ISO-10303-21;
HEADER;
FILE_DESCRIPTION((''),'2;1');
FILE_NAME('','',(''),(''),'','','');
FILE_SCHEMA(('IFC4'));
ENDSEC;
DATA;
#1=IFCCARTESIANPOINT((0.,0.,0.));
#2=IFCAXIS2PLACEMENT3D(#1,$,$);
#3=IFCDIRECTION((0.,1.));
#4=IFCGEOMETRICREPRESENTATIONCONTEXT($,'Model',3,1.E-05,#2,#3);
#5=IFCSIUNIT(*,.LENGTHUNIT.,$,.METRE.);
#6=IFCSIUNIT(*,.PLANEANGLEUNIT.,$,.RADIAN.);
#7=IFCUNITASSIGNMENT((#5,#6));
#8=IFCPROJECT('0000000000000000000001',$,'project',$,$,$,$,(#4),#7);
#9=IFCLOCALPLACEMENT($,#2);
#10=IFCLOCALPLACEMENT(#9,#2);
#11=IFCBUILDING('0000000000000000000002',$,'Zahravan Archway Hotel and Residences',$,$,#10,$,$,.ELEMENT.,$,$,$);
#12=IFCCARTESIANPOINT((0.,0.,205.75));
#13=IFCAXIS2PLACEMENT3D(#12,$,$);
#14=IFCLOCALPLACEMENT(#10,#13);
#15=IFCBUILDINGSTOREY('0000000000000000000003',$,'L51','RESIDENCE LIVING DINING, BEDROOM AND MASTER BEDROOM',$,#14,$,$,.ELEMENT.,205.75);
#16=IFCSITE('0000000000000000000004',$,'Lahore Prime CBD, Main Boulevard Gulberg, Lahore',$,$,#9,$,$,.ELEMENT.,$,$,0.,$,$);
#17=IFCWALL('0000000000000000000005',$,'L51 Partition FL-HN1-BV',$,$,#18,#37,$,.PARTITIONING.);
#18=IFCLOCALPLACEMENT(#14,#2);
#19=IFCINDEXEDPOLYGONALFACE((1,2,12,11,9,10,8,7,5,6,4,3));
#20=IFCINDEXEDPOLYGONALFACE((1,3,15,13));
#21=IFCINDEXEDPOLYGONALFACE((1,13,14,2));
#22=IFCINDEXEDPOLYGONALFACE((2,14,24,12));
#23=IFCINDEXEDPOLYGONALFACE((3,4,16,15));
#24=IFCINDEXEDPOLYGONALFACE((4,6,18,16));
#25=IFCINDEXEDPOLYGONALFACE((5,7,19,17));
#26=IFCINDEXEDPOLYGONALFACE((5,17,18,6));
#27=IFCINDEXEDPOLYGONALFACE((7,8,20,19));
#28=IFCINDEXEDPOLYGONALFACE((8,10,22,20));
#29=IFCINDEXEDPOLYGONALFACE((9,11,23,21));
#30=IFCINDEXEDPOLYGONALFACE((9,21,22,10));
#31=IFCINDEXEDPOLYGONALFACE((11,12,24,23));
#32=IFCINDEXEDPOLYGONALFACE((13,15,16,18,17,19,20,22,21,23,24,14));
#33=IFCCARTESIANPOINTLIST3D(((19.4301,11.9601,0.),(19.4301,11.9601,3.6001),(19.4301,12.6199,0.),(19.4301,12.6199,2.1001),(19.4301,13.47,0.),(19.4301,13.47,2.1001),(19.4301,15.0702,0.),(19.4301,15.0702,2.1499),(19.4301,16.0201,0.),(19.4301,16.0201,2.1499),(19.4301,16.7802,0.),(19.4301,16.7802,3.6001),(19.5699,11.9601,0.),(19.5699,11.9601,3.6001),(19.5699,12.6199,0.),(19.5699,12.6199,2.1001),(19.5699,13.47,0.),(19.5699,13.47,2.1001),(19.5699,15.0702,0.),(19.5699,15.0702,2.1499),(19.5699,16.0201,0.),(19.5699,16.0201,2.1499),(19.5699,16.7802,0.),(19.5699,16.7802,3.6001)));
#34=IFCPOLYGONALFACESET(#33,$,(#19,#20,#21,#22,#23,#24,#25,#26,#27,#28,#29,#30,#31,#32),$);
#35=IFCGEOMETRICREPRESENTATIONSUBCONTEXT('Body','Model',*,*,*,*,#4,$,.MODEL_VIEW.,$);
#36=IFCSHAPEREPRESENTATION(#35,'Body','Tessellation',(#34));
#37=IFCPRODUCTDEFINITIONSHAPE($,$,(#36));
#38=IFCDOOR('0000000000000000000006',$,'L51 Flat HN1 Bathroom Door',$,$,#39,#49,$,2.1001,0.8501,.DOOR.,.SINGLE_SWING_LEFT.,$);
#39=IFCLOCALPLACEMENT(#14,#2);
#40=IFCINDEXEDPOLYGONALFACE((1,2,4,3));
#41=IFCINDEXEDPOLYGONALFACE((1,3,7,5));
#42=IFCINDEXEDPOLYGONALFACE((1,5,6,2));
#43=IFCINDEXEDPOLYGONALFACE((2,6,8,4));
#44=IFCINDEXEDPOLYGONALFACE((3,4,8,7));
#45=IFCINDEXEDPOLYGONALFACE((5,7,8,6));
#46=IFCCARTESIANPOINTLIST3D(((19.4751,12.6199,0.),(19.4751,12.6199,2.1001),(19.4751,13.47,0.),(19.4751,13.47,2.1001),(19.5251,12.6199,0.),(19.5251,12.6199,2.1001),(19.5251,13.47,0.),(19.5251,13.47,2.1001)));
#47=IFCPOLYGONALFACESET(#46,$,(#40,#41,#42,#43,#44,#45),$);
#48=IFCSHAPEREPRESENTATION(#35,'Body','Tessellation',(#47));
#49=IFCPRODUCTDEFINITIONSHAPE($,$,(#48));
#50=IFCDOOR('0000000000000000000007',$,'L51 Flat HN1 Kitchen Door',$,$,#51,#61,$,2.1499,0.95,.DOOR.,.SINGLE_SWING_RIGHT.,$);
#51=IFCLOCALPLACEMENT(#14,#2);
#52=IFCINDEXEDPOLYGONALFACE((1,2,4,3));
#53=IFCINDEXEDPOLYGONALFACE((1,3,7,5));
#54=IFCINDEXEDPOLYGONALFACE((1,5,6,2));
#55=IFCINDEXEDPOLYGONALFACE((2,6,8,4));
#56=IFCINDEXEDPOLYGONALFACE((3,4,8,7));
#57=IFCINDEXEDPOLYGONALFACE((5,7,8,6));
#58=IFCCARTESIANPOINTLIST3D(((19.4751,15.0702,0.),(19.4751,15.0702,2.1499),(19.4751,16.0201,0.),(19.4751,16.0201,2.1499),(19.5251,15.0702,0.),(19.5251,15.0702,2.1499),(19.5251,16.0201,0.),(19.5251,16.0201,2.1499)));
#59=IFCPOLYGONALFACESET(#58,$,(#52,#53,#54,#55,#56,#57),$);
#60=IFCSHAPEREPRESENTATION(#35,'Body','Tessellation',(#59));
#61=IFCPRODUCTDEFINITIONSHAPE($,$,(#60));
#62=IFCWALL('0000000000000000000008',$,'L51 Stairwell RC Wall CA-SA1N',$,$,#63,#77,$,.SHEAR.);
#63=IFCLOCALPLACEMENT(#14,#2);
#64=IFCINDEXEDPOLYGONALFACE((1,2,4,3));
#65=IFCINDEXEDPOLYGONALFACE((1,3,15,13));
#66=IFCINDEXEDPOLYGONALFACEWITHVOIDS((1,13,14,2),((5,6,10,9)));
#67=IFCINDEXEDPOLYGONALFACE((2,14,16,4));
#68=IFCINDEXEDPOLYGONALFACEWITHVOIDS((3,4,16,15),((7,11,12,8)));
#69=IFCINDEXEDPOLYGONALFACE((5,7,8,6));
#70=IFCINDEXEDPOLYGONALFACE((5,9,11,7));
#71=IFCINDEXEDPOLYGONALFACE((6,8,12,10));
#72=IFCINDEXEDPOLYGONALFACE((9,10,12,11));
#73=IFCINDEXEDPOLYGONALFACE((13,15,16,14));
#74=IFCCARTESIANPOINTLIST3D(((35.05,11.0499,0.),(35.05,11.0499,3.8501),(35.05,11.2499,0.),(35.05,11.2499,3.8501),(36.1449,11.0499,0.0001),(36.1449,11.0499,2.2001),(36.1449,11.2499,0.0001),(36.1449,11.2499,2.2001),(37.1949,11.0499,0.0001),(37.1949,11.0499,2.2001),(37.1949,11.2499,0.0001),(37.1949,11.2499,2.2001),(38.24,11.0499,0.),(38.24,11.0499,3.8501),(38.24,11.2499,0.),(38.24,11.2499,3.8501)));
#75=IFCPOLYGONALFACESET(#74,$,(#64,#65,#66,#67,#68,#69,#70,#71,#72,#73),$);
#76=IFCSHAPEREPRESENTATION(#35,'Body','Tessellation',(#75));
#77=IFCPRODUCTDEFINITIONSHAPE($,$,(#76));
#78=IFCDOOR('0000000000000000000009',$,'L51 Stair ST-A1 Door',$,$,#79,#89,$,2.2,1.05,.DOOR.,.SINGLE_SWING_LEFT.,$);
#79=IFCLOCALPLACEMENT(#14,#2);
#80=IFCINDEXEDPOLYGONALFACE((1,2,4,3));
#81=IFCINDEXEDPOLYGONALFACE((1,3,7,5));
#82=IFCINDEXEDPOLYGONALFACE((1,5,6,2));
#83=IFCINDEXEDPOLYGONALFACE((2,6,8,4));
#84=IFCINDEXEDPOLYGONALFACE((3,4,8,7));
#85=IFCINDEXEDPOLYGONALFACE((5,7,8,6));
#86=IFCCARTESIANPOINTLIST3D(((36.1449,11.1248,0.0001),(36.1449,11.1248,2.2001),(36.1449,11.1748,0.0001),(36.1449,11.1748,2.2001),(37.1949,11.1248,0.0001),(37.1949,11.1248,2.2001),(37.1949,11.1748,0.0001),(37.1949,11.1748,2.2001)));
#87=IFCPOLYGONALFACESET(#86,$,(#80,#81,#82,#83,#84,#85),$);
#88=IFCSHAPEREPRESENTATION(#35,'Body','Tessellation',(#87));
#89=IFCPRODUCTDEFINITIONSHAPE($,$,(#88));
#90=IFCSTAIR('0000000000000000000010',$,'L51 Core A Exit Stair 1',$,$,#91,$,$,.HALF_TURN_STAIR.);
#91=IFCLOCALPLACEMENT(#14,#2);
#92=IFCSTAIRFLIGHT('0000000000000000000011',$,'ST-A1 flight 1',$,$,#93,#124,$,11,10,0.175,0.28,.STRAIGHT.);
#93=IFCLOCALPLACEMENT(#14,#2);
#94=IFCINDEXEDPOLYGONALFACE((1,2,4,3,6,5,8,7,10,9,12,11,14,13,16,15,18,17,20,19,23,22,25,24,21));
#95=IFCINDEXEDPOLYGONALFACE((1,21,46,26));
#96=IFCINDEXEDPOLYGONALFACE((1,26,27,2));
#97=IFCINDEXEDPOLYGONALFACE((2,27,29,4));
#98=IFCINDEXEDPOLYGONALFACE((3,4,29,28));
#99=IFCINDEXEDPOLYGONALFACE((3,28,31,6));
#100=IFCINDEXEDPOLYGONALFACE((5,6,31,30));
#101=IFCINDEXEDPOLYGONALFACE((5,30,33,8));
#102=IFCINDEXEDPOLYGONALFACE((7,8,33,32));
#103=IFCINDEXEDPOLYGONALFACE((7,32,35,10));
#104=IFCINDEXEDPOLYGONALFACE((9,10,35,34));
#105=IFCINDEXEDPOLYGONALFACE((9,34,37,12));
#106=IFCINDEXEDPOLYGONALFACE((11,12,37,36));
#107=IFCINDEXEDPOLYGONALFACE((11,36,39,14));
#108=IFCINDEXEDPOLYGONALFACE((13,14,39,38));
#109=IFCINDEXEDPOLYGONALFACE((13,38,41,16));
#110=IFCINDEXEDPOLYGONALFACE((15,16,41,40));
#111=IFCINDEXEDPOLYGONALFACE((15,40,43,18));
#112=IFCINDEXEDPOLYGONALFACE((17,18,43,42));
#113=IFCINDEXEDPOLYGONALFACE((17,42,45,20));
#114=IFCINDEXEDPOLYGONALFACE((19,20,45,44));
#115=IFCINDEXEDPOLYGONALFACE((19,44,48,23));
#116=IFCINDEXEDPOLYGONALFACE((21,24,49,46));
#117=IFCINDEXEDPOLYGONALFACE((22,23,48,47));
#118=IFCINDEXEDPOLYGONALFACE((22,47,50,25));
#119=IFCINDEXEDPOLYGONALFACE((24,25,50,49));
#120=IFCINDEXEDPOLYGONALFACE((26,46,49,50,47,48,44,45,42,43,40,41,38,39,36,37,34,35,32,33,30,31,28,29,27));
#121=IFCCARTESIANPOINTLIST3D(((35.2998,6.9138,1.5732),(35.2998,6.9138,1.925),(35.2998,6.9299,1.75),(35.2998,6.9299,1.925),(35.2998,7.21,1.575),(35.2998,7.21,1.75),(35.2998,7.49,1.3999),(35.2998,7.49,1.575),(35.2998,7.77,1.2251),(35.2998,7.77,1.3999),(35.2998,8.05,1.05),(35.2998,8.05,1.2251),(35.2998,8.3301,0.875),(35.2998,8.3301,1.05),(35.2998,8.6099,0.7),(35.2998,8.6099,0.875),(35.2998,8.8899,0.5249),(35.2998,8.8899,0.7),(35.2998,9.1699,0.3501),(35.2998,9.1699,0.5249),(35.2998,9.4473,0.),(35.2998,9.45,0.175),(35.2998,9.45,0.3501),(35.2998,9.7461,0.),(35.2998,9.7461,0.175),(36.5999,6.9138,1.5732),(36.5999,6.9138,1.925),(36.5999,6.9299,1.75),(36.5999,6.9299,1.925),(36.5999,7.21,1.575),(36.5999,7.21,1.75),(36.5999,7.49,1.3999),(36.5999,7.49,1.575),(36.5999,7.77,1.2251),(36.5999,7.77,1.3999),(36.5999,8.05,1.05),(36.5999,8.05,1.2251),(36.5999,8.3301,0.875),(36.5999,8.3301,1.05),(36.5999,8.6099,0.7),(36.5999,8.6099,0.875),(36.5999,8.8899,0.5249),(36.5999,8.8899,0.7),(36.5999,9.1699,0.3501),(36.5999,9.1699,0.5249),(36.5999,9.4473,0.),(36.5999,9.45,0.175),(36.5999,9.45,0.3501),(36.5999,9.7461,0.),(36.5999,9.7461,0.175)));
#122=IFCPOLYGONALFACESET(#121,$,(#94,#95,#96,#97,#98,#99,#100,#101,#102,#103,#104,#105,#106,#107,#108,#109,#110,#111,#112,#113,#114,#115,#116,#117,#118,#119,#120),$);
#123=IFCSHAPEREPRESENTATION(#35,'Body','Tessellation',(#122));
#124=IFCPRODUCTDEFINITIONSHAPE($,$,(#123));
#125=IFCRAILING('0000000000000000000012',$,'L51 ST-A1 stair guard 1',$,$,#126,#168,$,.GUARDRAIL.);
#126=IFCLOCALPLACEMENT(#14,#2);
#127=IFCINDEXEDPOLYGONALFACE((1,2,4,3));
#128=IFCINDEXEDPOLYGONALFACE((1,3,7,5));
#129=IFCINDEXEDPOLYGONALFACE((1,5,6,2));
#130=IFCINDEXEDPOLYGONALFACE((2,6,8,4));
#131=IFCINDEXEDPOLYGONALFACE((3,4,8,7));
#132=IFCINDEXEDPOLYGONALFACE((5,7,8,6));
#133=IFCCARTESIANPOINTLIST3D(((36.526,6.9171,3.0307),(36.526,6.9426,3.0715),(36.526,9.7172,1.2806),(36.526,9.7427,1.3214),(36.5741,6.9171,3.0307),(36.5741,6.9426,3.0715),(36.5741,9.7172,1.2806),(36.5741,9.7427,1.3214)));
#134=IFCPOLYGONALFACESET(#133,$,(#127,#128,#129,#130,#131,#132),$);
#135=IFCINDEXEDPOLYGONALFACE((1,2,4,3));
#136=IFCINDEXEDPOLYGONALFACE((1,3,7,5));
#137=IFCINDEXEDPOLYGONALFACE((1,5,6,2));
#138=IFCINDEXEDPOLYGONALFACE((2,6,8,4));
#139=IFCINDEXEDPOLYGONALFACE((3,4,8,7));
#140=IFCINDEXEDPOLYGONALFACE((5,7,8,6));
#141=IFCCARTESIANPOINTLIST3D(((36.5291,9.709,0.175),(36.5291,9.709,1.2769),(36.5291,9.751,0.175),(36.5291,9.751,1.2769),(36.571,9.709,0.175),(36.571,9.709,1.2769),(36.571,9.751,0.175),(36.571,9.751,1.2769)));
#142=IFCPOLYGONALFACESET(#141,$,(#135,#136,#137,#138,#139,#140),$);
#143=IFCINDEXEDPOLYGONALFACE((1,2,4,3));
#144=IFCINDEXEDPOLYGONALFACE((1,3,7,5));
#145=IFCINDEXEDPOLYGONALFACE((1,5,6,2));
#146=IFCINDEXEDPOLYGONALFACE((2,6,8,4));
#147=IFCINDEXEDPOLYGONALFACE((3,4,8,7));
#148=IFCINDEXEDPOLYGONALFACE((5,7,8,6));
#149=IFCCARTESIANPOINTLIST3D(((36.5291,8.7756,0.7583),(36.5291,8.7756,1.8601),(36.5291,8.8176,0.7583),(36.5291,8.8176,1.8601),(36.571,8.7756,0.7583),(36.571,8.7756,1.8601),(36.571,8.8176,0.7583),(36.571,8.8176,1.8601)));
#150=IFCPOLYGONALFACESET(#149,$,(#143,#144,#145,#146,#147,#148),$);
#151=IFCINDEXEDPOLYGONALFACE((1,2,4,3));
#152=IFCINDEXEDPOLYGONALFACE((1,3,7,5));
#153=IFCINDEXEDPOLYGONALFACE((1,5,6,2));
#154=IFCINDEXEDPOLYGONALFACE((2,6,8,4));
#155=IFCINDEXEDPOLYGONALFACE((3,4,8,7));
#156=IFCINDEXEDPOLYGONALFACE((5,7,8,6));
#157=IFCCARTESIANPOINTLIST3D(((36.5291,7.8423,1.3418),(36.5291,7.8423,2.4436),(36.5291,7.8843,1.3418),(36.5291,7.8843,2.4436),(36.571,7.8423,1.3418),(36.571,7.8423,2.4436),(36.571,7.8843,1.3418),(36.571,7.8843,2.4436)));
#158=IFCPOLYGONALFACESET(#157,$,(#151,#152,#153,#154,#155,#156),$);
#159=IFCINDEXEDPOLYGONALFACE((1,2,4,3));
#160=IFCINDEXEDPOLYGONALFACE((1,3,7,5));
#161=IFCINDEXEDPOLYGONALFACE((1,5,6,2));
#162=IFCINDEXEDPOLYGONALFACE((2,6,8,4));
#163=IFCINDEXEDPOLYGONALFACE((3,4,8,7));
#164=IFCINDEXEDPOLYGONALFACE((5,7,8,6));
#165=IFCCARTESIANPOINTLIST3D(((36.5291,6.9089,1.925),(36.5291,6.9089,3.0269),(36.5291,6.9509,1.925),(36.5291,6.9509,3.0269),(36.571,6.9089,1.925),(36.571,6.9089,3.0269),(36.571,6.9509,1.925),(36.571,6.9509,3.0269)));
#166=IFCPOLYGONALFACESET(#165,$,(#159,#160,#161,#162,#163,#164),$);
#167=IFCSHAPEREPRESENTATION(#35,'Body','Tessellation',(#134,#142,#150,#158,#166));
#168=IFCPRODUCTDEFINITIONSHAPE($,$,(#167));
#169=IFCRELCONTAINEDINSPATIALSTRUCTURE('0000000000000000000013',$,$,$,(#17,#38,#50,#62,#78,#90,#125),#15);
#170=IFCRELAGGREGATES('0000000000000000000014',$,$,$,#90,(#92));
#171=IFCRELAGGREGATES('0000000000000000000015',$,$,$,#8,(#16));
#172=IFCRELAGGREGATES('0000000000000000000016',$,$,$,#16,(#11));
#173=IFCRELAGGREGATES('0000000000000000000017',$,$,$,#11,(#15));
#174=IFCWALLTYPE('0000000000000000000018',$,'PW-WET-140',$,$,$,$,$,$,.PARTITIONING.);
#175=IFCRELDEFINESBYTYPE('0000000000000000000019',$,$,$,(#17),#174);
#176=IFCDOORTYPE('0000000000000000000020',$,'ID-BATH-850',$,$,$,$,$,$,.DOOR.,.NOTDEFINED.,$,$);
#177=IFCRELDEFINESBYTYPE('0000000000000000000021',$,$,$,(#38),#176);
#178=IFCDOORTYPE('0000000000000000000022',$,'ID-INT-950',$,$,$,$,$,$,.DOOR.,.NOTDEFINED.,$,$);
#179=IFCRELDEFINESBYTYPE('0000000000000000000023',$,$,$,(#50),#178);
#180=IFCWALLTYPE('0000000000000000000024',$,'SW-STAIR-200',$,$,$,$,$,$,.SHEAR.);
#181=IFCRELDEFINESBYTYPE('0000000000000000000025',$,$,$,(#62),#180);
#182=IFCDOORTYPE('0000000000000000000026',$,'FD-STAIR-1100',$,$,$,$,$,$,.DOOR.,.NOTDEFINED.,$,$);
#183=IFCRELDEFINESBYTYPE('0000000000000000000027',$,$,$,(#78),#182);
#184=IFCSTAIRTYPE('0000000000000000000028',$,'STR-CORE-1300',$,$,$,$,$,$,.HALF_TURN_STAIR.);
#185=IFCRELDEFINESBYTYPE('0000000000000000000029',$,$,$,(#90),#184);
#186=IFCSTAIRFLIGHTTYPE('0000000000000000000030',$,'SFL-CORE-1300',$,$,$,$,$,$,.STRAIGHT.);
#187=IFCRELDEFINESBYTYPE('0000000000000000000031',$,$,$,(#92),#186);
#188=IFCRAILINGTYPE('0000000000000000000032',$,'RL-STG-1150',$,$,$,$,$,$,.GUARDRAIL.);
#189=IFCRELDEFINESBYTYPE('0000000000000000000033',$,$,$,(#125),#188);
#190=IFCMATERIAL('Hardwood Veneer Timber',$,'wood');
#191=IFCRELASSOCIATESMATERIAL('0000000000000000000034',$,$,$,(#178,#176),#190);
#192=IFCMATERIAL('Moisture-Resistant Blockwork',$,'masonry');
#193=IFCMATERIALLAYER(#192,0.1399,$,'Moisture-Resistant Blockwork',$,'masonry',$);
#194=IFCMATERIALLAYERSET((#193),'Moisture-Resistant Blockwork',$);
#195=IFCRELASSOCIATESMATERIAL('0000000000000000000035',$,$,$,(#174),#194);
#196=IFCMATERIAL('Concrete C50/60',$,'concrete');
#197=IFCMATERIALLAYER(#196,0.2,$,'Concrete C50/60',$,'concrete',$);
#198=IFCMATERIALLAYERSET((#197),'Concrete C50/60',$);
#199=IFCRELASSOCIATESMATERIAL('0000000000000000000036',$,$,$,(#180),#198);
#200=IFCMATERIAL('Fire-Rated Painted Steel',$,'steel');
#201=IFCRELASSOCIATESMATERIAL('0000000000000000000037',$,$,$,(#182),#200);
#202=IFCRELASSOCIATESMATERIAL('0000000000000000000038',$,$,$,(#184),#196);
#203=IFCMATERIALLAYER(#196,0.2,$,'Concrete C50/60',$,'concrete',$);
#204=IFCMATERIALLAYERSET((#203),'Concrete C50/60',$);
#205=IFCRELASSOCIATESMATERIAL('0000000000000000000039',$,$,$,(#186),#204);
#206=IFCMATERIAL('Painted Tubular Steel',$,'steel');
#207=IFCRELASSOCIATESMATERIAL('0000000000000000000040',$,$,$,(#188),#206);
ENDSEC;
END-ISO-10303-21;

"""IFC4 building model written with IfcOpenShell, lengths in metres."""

from ifc_helpers import new_model, si_unit, direction, frame, frame_2d, origin, origin_2d, place, context, subcontext, project, spatial, polyline, rectangle, outline, extrude, source, transform, mapped, material, layer, layer_set, type_object, type_shapes, element, fill, aggregate, save


model = new_model("IFC4")

# Units and contexts
model_context = context("Model", 3, precision=1e-05, world=origin(), true_north=direction((0.0, 1.0)))
body_context = subcontext(model_context, "Body", "Model", "MODEL_VIEW")
ifc_project = project(units=[si_unit("LENGTHUNIT", "METRE"), si_unit("PLANEANGLEUNIT", "RADIAN")], contexts=[model_context])

# Site, building, storey
site_placement = place(None, origin())
site = spatial("IfcSite", under=ifc_project, at=site_placement, Name="Lahore Prime CBD, Main Boulevard Gulberg, Lahore", CompositionType="ELEMENT", RefElevation=0.0)
building_placement = place(site_placement, origin())
building = spatial("IfcBuilding", under=site, at=building_placement, Name="Zahravan Archway Hotel and Residences", CompositionType="ELEMENT")
storey_placement = place(building_placement, frame((0.0, 0.0, 205.75)))
storey = spatial("IfcBuildingStorey", under=building, at=storey_placement, Name="L51", Description="RESIDENCE LIVING DINING, BEDROOM AND MASTER BEDROOM", CompositionType="ELEMENT", Elevation=205.75)

# Shared definitions
ifc_material_1 = material(Name="Hardwood Veneer Timber", Category="wood")
door_type_1 = type_object("IfcDoorType", Name="ID-INT-950", OperationType="NOTDEFINED", PredefinedType="DOOR", material=ifc_material_1)
shared_shape_1 = source(origin(), body_context, "Body", "SweptSolid", [
    extrude(rectangle(XDim=0.95, YDim=2.1499, at=frame_2d((0.4751, 1.075))), frame((0.0, 0.0249, 0.0), z_axis=(0.0, -1.0, 0.0), x_axis=(1.0, 0.0, 0.0)), (0.0, 0.0, 1.0), 0.05),
])
type_shapes(door_type_1, [shared_shape_1])

# Wall, openings, doors
ifc_material_2 = material(Name="Moisture-Resistant Blockwork", Category="masonry")
ifc_layer_1 = layer(ifc_material_2, 0.1399, Name="Moisture-Resistant Blockwork", Category="masonry")
ifc_layer_set_1 = layer_set([ifc_layer_1], Name="Moisture-Resistant Blockwork")
wall_type_1 = type_object("IfcWallType", Name="PW-WET-140", PredefinedType="PARTITIONING", material=ifc_layer_set_1)
wall_1_placement = place(storey_placement, frame((19.5, 11.96, 0.0), z_axis=(0.0, 0.0, 1.0), x_axis=(0.0, 1.0, 0.0)))
wall_1 = element("IfcWall", 1, at=wall_1_placement, inside=storey, type_object=wall_type_1, Name="L51 Partition FL-HN1-BV", PredefinedType="PARTITIONING", context=body_context, shape_type="SweptSolid", body=[
    extrude(rectangle(XDim=4.8201, YDim=0.1399, at=frame_2d((2.4102, 0.0))), origin(), (0.0, 0.0, 1.0), 3.6001),
])
opening_1_placement = place(wall_1_placement, frame((0.6599, 0.0, 0.0)))
opening_1 = element("IfcOpeningElement", 2, at=opening_1_placement, cuts=wall_1, PredefinedType="OPENING", context=body_context, shape_type="SweptSolid", body=[
    extrude(rectangle(XDim=0.8501, YDim=2.1001, at=frame_2d((0.425, 1.05))), frame((0.0, 0.0801, 0.0), z_axis=(0.0, -1.0, 0.0), x_axis=(1.0, 0.0, 0.0)), (0.0, 0.0, 1.0), 0.1599),
])
opening_2_placement = place(wall_1_placement, frame((3.1101, 0.0, 0.0)))
opening_2 = element("IfcOpeningElement", 3, at=opening_2_placement, cuts=wall_1, PredefinedType="OPENING", context=body_context, shape_type="SweptSolid", body=[
    extrude(rectangle(XDim=0.95, YDim=2.1499, at=frame_2d((0.4751, 1.075))), frame((0.0, 0.0801, 0.0), z_axis=(0.0, -1.0, 0.0), x_axis=(1.0, 0.0, 0.0)), (0.0, 0.0, 1.0), 0.1599),
])
door_type_2 = type_object("IfcDoorType", Name="ID-BATH-850", OperationType="NOTDEFINED", PredefinedType="DOOR", material=ifc_material_1)
shared_shape_2 = source(origin(), body_context, "Body", "SweptSolid", [
    extrude(rectangle(XDim=0.8501, YDim=2.1001, at=frame_2d((0.425, 1.05))), frame((0.0, 0.0249, 0.0), z_axis=(0.0, -1.0, 0.0), x_axis=(1.0, 0.0, 0.0)), (0.0, 0.0, 1.0), 0.05),
])
type_shapes(door_type_2, [shared_shape_2])
door_1_placement = place(opening_1_placement, origin())
door_1 = element("IfcDoor", 4, at=door_1_placement, inside=storey, type_object=door_type_2, Name="L51 Flat HN1 Bathroom Door", OperationType="SINGLE_SWING_LEFT", OverallHeight=2.1001, OverallWidth=0.8501, PredefinedType="DOOR", context=body_context, shape_type="MappedRepresentation", body=[
    mapped(shared_shape_2, transform((0.0, 0.0, 0.0), scale=1.0)),
])
fill(opening_1, door_1)
door_2_placement = place(opening_2_placement, origin())
door_2 = element("IfcDoor", 5, at=door_2_placement, inside=storey, type_object=door_type_1, Name="L51 Flat HN1 Kitchen Door", OperationType="SINGLE_SWING_RIGHT", OverallHeight=2.1499, OverallWidth=0.95, PredefinedType="DOOR", context=body_context, shape_type="MappedRepresentation", body=[
    mapped(shared_shape_1, transform((0.0, 0.0, 0.0), scale=1.0)),
])
fill(opening_2, door_2)

# Wall, opening, door
ifc_material_3 = material(Name="Concrete C50/60", Category="concrete")
ifc_layer_2 = layer(ifc_material_3, 0.2, Name="Concrete C50/60", Category="concrete")
ifc_layer_set_2 = layer_set([ifc_layer_2], Name="Concrete C50/60")
wall_type_2 = type_object("IfcWallType", Name="SW-STAIR-200", PredefinedType="SHEAR", material=ifc_layer_set_2)
wall_2_placement = place(storey_placement, frame((35.05, 11.1499, 0.0), z_axis=(0.0, 0.0, 1.0), x_axis=(1.0, 0.0, 0.0)))
wall_2 = element("IfcWall", 6, at=wall_2_placement, inside=storey, type_object=wall_type_2, Name="L51 Stairwell RC Wall CA-SA1N", PredefinedType="SHEAR", context=body_context, shape_type="SweptSolid", body=[
    extrude(rectangle(XDim=3.1899, YDim=0.2, at=frame_2d((1.595, 0.0))), origin(), (0.0, 0.0, 1.0), 3.8501),
])
opening_3_placement = place(wall_2_placement, frame((1.095, 0.0, 0.0)))
opening_3 = element("IfcOpeningElement", 7, at=opening_3_placement, cuts=wall_2, PredefinedType="OPENING", context=body_context, shape_type="SweptSolid", body=[
    extrude(rectangle(XDim=1.05, YDim=2.2, at=frame_2d((0.5249, 1.1001))), frame((0.0, 0.1099, 0.0), z_axis=(0.0, -1.0, 0.0), x_axis=(1.0, 0.0, 0.0)), (0.0, 0.0, 1.0), 0.22),
])
ifc_material_4 = material(Name="Fire-Rated Painted Steel", Category="steel")
door_type_3 = type_object("IfcDoorType", Name="FD-STAIR-1100", OperationType="NOTDEFINED", PredefinedType="DOOR", material=ifc_material_4)
shared_shape_3 = source(origin(), body_context, "Body", "SweptSolid", [
    extrude(rectangle(XDim=1.05, YDim=2.2, at=frame_2d((0.5249, 1.1001))), frame((0.0, 0.0249, 0.0), z_axis=(0.0, -1.0, 0.0), x_axis=(1.0, 0.0, 0.0)), (0.0, 0.0, 1.0), 0.05),
])
type_shapes(door_type_3, [shared_shape_3])
door_3_placement = place(opening_3_placement, origin())
door_3 = element("IfcDoor", 8, at=door_3_placement, inside=storey, type_object=door_type_3, Name="L51 Stair ST-A1 Door", OperationType="SINGLE_SWING_LEFT", OverallHeight=2.2, OverallWidth=1.05, PredefinedType="DOOR", context=body_context, shape_type="MappedRepresentation", body=[
    mapped(shared_shape_3, transform((0.0, 0.0, 0.0), scale=1.0)),
])
fill(opening_3, door_3)

# Stair, stair flight
stair_type = type_object("IfcStairType", Name="STR-CORE-1300", PredefinedType="HALF_TURN_STAIR", material=ifc_material_3)
stair_placement = place(storey_placement, origin())
stair = element("IfcStair", 9, at=stair_placement, inside=storey, type_object=stair_type, Name="L51 Core A Exit Stair 1", PredefinedType="HALF_TURN_STAIR")
ifc_layer_3 = layer(ifc_material_3, 0.2, Name="Concrete C50/60", Category="concrete")
ifc_layer_set_3 = layer_set([ifc_layer_3], Name="Concrete C50/60")
stair_flight_type = type_object("IfcStairFlightType", Name="SFL-CORE-1300", PredefinedType="STRAIGHT", material=ifc_layer_set_3)
shared_shape_4 = source(origin(), body_context, "Body", "SweptSolid", [
    extrude(outline(polyline([(-0.0161, 0.0), (-0.0161, 0.175), (0.28, 0.175), (0.28, 0.3501), (0.5601, 0.3501), (0.5601, 0.5249), (0.8401, 0.5249), (0.8401, 0.7), (1.1201, 0.7), (1.1201, 0.875), (1.3999, 0.875), (1.3999, 1.05), (1.6799, 1.05), (1.6799, 1.2251), (1.96, 1.2251), (1.96, 1.3999), (2.24, 1.3999), (2.24, 1.575), (2.52, 1.575), (2.52, 1.75), (2.8, 1.75), (2.8, 1.925), (2.8162, 1.925), (2.8162, 1.5732), (0.2827, 0.0), (-0.0161, 0.0)])), frame((0.0, 0.6499, 0.0), z_axis=(0.0, -1.0, 0.0), x_axis=(1.0, 0.0, 0.0)), (0.0, 0.0, 1.0), 1.3),
])
stair_flight_placement = place(storey_placement, frame((35.95, 9.73, 0.0), z_axis=(0.0, 0.0, 1.0), x_axis=(0.0, -1.0, 0.0)))
stair_flight = element("IfcStairFlight", 10, at=stair_flight_placement, type_object=stair_flight_type, Name="ST-A1 flight 1", NumberOfRisers=11, NumberOfTreads=10, PredefinedType="STRAIGHT", RiserHeight=0.175, TreadLength=0.28, context=body_context, shape_type="MappedRepresentation", body=[
    mapped(shared_shape_4, transform((0.0, 0.0, 0.0), scale=1.0)),
])
aggregate(stair, [stair_flight])

# Railing
ifc_material_5 = material(Name="Painted Tubular Steel", Category="steel")
railing_type_1 = type_object("IfcRailingType", Name="RL-STG-1150", PredefinedType="GUARDRAIL", material=ifc_material_5)
railing_1_placement = place(storey_placement, frame((36.55, 9.73, 0.175)))
element("IfcRailing", 11, at=railing_1_placement, inside=storey, type_object=railing_type_1, Name="L51 ST-A1 stair guard 1", PredefinedType="GUARDRAIL", context=body_context, shape_type="SweptSolid", body=[
    extrude(rectangle(XDim=0.0481, YDim=0.0481, at=origin_2d()), frame((0.0, 0.0, 1.126), z_axis=(0.0, -0.848002, 0.529992), x_axis=(1.0, 0.0, 0.0)), (0.0, 0.0, 1.0), 3.302),
    extrude(rectangle(XDim=0.042, YDim=0.042, at=origin_2d()), origin(), (0.0, 0.0, 1.0), 1.1018),
    extrude(rectangle(XDim=0.042, YDim=0.042, at=origin_2d()), frame((0.0, -0.9333, 0.5833)), (0.0, 0.0, 1.0), 1.1018),
    extrude(rectangle(XDim=0.042, YDim=0.042, at=origin_2d()), frame((0.0, -1.8667, 1.1667)), (0.0, 0.0, 1.0), 1.1018),
    extrude(rectangle(XDim=0.042, YDim=0.042, at=origin_2d()), frame((0.0, -2.8, 1.75)), (0.0, 0.0, 1.0), 1.1018),
])

save(model, "model.ifc")
